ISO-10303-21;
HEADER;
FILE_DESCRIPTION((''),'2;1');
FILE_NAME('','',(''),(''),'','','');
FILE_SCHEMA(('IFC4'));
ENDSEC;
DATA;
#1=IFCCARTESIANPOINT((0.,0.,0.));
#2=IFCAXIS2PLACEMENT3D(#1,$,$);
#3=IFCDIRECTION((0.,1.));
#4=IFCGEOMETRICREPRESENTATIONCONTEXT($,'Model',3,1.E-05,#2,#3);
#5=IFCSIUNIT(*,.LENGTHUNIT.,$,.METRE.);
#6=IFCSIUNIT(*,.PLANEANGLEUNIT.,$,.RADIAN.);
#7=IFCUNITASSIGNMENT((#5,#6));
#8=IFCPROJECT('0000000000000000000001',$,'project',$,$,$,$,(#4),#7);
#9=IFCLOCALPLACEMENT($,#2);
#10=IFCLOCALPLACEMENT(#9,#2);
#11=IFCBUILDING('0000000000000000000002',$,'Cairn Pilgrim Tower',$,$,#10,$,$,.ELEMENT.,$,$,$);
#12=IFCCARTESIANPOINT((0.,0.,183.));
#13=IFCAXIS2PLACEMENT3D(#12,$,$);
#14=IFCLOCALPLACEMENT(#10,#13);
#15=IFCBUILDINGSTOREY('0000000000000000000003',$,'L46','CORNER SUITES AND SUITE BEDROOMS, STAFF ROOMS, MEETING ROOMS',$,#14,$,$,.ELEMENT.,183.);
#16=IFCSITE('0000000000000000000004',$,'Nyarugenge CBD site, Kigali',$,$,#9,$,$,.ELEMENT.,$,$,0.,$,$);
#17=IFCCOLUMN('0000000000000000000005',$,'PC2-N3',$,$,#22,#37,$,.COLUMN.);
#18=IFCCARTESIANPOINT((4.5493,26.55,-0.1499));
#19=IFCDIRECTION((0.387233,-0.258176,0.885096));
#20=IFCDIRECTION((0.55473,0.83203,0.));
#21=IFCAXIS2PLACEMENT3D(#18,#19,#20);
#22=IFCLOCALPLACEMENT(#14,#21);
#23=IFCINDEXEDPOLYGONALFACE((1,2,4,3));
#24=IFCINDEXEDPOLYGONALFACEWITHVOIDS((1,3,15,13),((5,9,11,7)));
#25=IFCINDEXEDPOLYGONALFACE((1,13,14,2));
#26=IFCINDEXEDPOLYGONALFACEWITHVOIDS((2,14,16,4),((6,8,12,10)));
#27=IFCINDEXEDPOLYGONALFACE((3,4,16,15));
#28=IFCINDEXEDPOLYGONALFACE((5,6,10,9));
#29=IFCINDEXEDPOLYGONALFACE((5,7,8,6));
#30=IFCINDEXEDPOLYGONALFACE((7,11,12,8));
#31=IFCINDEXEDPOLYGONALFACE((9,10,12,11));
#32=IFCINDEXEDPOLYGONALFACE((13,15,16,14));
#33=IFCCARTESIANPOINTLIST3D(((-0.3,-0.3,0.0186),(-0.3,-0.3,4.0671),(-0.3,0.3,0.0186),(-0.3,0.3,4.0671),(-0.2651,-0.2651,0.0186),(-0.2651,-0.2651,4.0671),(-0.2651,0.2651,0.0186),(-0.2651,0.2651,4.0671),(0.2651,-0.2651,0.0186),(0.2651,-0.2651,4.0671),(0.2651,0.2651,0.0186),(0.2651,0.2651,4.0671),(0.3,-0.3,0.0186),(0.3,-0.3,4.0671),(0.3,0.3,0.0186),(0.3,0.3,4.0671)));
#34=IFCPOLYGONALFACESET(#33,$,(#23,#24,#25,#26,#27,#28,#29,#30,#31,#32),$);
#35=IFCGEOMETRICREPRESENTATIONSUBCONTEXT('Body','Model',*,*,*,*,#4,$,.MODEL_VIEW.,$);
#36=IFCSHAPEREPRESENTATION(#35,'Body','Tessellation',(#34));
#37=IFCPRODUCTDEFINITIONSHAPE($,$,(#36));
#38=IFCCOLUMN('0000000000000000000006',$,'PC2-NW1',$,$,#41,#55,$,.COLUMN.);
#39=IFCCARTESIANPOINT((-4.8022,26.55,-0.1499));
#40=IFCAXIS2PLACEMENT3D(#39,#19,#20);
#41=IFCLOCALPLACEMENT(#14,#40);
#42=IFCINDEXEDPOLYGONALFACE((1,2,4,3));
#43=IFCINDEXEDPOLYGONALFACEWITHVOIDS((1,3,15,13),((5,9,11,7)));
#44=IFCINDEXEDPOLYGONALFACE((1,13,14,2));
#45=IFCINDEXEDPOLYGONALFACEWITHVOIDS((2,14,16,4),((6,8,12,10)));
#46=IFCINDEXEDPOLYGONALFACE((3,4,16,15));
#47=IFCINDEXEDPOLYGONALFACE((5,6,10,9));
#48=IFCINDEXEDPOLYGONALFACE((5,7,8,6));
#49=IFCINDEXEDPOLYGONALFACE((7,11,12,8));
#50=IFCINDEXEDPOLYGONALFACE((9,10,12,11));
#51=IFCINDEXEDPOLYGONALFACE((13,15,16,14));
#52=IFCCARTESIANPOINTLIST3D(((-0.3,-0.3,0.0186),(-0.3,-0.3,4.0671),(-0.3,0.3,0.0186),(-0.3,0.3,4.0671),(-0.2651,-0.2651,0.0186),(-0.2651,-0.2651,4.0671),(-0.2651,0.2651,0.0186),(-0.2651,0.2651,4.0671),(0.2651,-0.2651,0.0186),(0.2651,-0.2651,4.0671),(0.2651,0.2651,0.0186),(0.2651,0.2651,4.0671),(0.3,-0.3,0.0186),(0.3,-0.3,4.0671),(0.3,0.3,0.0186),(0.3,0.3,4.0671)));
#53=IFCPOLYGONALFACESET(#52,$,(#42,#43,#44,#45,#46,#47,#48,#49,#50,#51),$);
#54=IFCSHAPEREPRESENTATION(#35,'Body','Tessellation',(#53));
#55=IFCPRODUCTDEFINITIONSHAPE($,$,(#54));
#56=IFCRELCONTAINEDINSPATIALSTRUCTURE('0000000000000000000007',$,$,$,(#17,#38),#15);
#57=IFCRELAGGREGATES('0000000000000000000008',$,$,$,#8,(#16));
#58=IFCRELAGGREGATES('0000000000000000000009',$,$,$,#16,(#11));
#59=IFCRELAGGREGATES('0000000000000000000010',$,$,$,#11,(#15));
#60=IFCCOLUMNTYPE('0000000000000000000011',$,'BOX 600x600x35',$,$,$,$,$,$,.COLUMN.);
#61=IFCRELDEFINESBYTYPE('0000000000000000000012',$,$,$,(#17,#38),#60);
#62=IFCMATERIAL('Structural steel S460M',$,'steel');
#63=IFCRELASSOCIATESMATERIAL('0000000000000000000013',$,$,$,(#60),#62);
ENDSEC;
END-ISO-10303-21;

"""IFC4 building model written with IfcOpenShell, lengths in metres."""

from ifc_helpers import new_model, si_unit, direction, frame, origin, origin_2d, place, context, subcontext, project, spatial, hollow_rectangle, extrude, clip, halfspace, material, material_profile, profile_set, type_object, element, save


model = new_model("IFC4")

# Units and contexts
model_context = context("Model", 3, precision=1e-05, world=origin(), true_north=direction((0.0, 1.0)))
body_context = subcontext(model_context, "Body", "Model", "MODEL_VIEW")
ifc_project = project(units=[si_unit("LENGTHUNIT", "METRE"), si_unit("PLANEANGLEUNIT", "RADIAN")], contexts=[model_context])

# Site, building, storey
site_placement = place(None, origin())
site = spatial("IfcSite", under=ifc_project, at=site_placement, Name="Nyarugenge CBD site, Kigali", CompositionType="ELEMENT", RefElevation=0.0)
building_placement = place(site_placement, origin())
building = spatial("IfcBuilding", under=site, at=building_placement, Name="Cairn Pilgrim Tower", CompositionType="ELEMENT")
storey_placement = place(building_placement, frame((0.0, 0.0, 183.0)))
storey = spatial("IfcBuildingStorey", under=building, at=storey_placement, Name="L46", Description="CORNER SUITES AND SUITE BEDROOMS, STAFF ROOMS, MEETING ROOMS", CompositionType="ELEMENT", Elevation=183.0)

# Columns
ifc_material_1 = material(Name="Structural steel S460M", Category="steel")
ifc_material_profile_1 = material_profile(ifc_material_1, hollow_rectangle(XDim=0.6001, YDim=0.6001, WallThickness=0.0349, at=origin_2d()), Name="BOX 600x600x35")
ifc_profile_set_1 = profile_set([ifc_material_profile_1], Name="Structural steel S460M")
column_type = type_object("IfcColumnType", Name="BOX 600x600x35", PredefinedType="COLUMN", material=ifc_profile_set_1)
for number, where, z_axis, x_axis, name in (
    (1, (4.5493, 26.55, -0.1499), (0.387233, -0.258176, 0.885096), (0.55473, 0.83203, 0.0), "PC2-N3"),
    (2, (-4.8022, 26.55, -0.1499), (0.387233, -0.258176, 0.885096), (0.55473, 0.83203, 0.0), "PC2-NW1"),
):
    element("IfcColumn", number, at=place(storey_placement, frame(where, z_axis=z_axis, x_axis=x_axis)), inside=storey, type_object=column_type, Name=name, PredefinedType="COLUMN", context=body_context, shape_type="Clipping", body=[
        clip(extrude(hollow_rectangle(XDim=0.6001, YDim=0.6001, WallThickness=0.0349, at=origin_2d()), origin(), (0.0, 0.0, 1.0), 4.0671), halfspace(frame((0.0, 0.0, 0.0186), z_axis=(0.0, 0.0, 1.0), x_axis=(1.0, 0.0, 0.0)), True)),
    ])

save(model, "model.ifc")
